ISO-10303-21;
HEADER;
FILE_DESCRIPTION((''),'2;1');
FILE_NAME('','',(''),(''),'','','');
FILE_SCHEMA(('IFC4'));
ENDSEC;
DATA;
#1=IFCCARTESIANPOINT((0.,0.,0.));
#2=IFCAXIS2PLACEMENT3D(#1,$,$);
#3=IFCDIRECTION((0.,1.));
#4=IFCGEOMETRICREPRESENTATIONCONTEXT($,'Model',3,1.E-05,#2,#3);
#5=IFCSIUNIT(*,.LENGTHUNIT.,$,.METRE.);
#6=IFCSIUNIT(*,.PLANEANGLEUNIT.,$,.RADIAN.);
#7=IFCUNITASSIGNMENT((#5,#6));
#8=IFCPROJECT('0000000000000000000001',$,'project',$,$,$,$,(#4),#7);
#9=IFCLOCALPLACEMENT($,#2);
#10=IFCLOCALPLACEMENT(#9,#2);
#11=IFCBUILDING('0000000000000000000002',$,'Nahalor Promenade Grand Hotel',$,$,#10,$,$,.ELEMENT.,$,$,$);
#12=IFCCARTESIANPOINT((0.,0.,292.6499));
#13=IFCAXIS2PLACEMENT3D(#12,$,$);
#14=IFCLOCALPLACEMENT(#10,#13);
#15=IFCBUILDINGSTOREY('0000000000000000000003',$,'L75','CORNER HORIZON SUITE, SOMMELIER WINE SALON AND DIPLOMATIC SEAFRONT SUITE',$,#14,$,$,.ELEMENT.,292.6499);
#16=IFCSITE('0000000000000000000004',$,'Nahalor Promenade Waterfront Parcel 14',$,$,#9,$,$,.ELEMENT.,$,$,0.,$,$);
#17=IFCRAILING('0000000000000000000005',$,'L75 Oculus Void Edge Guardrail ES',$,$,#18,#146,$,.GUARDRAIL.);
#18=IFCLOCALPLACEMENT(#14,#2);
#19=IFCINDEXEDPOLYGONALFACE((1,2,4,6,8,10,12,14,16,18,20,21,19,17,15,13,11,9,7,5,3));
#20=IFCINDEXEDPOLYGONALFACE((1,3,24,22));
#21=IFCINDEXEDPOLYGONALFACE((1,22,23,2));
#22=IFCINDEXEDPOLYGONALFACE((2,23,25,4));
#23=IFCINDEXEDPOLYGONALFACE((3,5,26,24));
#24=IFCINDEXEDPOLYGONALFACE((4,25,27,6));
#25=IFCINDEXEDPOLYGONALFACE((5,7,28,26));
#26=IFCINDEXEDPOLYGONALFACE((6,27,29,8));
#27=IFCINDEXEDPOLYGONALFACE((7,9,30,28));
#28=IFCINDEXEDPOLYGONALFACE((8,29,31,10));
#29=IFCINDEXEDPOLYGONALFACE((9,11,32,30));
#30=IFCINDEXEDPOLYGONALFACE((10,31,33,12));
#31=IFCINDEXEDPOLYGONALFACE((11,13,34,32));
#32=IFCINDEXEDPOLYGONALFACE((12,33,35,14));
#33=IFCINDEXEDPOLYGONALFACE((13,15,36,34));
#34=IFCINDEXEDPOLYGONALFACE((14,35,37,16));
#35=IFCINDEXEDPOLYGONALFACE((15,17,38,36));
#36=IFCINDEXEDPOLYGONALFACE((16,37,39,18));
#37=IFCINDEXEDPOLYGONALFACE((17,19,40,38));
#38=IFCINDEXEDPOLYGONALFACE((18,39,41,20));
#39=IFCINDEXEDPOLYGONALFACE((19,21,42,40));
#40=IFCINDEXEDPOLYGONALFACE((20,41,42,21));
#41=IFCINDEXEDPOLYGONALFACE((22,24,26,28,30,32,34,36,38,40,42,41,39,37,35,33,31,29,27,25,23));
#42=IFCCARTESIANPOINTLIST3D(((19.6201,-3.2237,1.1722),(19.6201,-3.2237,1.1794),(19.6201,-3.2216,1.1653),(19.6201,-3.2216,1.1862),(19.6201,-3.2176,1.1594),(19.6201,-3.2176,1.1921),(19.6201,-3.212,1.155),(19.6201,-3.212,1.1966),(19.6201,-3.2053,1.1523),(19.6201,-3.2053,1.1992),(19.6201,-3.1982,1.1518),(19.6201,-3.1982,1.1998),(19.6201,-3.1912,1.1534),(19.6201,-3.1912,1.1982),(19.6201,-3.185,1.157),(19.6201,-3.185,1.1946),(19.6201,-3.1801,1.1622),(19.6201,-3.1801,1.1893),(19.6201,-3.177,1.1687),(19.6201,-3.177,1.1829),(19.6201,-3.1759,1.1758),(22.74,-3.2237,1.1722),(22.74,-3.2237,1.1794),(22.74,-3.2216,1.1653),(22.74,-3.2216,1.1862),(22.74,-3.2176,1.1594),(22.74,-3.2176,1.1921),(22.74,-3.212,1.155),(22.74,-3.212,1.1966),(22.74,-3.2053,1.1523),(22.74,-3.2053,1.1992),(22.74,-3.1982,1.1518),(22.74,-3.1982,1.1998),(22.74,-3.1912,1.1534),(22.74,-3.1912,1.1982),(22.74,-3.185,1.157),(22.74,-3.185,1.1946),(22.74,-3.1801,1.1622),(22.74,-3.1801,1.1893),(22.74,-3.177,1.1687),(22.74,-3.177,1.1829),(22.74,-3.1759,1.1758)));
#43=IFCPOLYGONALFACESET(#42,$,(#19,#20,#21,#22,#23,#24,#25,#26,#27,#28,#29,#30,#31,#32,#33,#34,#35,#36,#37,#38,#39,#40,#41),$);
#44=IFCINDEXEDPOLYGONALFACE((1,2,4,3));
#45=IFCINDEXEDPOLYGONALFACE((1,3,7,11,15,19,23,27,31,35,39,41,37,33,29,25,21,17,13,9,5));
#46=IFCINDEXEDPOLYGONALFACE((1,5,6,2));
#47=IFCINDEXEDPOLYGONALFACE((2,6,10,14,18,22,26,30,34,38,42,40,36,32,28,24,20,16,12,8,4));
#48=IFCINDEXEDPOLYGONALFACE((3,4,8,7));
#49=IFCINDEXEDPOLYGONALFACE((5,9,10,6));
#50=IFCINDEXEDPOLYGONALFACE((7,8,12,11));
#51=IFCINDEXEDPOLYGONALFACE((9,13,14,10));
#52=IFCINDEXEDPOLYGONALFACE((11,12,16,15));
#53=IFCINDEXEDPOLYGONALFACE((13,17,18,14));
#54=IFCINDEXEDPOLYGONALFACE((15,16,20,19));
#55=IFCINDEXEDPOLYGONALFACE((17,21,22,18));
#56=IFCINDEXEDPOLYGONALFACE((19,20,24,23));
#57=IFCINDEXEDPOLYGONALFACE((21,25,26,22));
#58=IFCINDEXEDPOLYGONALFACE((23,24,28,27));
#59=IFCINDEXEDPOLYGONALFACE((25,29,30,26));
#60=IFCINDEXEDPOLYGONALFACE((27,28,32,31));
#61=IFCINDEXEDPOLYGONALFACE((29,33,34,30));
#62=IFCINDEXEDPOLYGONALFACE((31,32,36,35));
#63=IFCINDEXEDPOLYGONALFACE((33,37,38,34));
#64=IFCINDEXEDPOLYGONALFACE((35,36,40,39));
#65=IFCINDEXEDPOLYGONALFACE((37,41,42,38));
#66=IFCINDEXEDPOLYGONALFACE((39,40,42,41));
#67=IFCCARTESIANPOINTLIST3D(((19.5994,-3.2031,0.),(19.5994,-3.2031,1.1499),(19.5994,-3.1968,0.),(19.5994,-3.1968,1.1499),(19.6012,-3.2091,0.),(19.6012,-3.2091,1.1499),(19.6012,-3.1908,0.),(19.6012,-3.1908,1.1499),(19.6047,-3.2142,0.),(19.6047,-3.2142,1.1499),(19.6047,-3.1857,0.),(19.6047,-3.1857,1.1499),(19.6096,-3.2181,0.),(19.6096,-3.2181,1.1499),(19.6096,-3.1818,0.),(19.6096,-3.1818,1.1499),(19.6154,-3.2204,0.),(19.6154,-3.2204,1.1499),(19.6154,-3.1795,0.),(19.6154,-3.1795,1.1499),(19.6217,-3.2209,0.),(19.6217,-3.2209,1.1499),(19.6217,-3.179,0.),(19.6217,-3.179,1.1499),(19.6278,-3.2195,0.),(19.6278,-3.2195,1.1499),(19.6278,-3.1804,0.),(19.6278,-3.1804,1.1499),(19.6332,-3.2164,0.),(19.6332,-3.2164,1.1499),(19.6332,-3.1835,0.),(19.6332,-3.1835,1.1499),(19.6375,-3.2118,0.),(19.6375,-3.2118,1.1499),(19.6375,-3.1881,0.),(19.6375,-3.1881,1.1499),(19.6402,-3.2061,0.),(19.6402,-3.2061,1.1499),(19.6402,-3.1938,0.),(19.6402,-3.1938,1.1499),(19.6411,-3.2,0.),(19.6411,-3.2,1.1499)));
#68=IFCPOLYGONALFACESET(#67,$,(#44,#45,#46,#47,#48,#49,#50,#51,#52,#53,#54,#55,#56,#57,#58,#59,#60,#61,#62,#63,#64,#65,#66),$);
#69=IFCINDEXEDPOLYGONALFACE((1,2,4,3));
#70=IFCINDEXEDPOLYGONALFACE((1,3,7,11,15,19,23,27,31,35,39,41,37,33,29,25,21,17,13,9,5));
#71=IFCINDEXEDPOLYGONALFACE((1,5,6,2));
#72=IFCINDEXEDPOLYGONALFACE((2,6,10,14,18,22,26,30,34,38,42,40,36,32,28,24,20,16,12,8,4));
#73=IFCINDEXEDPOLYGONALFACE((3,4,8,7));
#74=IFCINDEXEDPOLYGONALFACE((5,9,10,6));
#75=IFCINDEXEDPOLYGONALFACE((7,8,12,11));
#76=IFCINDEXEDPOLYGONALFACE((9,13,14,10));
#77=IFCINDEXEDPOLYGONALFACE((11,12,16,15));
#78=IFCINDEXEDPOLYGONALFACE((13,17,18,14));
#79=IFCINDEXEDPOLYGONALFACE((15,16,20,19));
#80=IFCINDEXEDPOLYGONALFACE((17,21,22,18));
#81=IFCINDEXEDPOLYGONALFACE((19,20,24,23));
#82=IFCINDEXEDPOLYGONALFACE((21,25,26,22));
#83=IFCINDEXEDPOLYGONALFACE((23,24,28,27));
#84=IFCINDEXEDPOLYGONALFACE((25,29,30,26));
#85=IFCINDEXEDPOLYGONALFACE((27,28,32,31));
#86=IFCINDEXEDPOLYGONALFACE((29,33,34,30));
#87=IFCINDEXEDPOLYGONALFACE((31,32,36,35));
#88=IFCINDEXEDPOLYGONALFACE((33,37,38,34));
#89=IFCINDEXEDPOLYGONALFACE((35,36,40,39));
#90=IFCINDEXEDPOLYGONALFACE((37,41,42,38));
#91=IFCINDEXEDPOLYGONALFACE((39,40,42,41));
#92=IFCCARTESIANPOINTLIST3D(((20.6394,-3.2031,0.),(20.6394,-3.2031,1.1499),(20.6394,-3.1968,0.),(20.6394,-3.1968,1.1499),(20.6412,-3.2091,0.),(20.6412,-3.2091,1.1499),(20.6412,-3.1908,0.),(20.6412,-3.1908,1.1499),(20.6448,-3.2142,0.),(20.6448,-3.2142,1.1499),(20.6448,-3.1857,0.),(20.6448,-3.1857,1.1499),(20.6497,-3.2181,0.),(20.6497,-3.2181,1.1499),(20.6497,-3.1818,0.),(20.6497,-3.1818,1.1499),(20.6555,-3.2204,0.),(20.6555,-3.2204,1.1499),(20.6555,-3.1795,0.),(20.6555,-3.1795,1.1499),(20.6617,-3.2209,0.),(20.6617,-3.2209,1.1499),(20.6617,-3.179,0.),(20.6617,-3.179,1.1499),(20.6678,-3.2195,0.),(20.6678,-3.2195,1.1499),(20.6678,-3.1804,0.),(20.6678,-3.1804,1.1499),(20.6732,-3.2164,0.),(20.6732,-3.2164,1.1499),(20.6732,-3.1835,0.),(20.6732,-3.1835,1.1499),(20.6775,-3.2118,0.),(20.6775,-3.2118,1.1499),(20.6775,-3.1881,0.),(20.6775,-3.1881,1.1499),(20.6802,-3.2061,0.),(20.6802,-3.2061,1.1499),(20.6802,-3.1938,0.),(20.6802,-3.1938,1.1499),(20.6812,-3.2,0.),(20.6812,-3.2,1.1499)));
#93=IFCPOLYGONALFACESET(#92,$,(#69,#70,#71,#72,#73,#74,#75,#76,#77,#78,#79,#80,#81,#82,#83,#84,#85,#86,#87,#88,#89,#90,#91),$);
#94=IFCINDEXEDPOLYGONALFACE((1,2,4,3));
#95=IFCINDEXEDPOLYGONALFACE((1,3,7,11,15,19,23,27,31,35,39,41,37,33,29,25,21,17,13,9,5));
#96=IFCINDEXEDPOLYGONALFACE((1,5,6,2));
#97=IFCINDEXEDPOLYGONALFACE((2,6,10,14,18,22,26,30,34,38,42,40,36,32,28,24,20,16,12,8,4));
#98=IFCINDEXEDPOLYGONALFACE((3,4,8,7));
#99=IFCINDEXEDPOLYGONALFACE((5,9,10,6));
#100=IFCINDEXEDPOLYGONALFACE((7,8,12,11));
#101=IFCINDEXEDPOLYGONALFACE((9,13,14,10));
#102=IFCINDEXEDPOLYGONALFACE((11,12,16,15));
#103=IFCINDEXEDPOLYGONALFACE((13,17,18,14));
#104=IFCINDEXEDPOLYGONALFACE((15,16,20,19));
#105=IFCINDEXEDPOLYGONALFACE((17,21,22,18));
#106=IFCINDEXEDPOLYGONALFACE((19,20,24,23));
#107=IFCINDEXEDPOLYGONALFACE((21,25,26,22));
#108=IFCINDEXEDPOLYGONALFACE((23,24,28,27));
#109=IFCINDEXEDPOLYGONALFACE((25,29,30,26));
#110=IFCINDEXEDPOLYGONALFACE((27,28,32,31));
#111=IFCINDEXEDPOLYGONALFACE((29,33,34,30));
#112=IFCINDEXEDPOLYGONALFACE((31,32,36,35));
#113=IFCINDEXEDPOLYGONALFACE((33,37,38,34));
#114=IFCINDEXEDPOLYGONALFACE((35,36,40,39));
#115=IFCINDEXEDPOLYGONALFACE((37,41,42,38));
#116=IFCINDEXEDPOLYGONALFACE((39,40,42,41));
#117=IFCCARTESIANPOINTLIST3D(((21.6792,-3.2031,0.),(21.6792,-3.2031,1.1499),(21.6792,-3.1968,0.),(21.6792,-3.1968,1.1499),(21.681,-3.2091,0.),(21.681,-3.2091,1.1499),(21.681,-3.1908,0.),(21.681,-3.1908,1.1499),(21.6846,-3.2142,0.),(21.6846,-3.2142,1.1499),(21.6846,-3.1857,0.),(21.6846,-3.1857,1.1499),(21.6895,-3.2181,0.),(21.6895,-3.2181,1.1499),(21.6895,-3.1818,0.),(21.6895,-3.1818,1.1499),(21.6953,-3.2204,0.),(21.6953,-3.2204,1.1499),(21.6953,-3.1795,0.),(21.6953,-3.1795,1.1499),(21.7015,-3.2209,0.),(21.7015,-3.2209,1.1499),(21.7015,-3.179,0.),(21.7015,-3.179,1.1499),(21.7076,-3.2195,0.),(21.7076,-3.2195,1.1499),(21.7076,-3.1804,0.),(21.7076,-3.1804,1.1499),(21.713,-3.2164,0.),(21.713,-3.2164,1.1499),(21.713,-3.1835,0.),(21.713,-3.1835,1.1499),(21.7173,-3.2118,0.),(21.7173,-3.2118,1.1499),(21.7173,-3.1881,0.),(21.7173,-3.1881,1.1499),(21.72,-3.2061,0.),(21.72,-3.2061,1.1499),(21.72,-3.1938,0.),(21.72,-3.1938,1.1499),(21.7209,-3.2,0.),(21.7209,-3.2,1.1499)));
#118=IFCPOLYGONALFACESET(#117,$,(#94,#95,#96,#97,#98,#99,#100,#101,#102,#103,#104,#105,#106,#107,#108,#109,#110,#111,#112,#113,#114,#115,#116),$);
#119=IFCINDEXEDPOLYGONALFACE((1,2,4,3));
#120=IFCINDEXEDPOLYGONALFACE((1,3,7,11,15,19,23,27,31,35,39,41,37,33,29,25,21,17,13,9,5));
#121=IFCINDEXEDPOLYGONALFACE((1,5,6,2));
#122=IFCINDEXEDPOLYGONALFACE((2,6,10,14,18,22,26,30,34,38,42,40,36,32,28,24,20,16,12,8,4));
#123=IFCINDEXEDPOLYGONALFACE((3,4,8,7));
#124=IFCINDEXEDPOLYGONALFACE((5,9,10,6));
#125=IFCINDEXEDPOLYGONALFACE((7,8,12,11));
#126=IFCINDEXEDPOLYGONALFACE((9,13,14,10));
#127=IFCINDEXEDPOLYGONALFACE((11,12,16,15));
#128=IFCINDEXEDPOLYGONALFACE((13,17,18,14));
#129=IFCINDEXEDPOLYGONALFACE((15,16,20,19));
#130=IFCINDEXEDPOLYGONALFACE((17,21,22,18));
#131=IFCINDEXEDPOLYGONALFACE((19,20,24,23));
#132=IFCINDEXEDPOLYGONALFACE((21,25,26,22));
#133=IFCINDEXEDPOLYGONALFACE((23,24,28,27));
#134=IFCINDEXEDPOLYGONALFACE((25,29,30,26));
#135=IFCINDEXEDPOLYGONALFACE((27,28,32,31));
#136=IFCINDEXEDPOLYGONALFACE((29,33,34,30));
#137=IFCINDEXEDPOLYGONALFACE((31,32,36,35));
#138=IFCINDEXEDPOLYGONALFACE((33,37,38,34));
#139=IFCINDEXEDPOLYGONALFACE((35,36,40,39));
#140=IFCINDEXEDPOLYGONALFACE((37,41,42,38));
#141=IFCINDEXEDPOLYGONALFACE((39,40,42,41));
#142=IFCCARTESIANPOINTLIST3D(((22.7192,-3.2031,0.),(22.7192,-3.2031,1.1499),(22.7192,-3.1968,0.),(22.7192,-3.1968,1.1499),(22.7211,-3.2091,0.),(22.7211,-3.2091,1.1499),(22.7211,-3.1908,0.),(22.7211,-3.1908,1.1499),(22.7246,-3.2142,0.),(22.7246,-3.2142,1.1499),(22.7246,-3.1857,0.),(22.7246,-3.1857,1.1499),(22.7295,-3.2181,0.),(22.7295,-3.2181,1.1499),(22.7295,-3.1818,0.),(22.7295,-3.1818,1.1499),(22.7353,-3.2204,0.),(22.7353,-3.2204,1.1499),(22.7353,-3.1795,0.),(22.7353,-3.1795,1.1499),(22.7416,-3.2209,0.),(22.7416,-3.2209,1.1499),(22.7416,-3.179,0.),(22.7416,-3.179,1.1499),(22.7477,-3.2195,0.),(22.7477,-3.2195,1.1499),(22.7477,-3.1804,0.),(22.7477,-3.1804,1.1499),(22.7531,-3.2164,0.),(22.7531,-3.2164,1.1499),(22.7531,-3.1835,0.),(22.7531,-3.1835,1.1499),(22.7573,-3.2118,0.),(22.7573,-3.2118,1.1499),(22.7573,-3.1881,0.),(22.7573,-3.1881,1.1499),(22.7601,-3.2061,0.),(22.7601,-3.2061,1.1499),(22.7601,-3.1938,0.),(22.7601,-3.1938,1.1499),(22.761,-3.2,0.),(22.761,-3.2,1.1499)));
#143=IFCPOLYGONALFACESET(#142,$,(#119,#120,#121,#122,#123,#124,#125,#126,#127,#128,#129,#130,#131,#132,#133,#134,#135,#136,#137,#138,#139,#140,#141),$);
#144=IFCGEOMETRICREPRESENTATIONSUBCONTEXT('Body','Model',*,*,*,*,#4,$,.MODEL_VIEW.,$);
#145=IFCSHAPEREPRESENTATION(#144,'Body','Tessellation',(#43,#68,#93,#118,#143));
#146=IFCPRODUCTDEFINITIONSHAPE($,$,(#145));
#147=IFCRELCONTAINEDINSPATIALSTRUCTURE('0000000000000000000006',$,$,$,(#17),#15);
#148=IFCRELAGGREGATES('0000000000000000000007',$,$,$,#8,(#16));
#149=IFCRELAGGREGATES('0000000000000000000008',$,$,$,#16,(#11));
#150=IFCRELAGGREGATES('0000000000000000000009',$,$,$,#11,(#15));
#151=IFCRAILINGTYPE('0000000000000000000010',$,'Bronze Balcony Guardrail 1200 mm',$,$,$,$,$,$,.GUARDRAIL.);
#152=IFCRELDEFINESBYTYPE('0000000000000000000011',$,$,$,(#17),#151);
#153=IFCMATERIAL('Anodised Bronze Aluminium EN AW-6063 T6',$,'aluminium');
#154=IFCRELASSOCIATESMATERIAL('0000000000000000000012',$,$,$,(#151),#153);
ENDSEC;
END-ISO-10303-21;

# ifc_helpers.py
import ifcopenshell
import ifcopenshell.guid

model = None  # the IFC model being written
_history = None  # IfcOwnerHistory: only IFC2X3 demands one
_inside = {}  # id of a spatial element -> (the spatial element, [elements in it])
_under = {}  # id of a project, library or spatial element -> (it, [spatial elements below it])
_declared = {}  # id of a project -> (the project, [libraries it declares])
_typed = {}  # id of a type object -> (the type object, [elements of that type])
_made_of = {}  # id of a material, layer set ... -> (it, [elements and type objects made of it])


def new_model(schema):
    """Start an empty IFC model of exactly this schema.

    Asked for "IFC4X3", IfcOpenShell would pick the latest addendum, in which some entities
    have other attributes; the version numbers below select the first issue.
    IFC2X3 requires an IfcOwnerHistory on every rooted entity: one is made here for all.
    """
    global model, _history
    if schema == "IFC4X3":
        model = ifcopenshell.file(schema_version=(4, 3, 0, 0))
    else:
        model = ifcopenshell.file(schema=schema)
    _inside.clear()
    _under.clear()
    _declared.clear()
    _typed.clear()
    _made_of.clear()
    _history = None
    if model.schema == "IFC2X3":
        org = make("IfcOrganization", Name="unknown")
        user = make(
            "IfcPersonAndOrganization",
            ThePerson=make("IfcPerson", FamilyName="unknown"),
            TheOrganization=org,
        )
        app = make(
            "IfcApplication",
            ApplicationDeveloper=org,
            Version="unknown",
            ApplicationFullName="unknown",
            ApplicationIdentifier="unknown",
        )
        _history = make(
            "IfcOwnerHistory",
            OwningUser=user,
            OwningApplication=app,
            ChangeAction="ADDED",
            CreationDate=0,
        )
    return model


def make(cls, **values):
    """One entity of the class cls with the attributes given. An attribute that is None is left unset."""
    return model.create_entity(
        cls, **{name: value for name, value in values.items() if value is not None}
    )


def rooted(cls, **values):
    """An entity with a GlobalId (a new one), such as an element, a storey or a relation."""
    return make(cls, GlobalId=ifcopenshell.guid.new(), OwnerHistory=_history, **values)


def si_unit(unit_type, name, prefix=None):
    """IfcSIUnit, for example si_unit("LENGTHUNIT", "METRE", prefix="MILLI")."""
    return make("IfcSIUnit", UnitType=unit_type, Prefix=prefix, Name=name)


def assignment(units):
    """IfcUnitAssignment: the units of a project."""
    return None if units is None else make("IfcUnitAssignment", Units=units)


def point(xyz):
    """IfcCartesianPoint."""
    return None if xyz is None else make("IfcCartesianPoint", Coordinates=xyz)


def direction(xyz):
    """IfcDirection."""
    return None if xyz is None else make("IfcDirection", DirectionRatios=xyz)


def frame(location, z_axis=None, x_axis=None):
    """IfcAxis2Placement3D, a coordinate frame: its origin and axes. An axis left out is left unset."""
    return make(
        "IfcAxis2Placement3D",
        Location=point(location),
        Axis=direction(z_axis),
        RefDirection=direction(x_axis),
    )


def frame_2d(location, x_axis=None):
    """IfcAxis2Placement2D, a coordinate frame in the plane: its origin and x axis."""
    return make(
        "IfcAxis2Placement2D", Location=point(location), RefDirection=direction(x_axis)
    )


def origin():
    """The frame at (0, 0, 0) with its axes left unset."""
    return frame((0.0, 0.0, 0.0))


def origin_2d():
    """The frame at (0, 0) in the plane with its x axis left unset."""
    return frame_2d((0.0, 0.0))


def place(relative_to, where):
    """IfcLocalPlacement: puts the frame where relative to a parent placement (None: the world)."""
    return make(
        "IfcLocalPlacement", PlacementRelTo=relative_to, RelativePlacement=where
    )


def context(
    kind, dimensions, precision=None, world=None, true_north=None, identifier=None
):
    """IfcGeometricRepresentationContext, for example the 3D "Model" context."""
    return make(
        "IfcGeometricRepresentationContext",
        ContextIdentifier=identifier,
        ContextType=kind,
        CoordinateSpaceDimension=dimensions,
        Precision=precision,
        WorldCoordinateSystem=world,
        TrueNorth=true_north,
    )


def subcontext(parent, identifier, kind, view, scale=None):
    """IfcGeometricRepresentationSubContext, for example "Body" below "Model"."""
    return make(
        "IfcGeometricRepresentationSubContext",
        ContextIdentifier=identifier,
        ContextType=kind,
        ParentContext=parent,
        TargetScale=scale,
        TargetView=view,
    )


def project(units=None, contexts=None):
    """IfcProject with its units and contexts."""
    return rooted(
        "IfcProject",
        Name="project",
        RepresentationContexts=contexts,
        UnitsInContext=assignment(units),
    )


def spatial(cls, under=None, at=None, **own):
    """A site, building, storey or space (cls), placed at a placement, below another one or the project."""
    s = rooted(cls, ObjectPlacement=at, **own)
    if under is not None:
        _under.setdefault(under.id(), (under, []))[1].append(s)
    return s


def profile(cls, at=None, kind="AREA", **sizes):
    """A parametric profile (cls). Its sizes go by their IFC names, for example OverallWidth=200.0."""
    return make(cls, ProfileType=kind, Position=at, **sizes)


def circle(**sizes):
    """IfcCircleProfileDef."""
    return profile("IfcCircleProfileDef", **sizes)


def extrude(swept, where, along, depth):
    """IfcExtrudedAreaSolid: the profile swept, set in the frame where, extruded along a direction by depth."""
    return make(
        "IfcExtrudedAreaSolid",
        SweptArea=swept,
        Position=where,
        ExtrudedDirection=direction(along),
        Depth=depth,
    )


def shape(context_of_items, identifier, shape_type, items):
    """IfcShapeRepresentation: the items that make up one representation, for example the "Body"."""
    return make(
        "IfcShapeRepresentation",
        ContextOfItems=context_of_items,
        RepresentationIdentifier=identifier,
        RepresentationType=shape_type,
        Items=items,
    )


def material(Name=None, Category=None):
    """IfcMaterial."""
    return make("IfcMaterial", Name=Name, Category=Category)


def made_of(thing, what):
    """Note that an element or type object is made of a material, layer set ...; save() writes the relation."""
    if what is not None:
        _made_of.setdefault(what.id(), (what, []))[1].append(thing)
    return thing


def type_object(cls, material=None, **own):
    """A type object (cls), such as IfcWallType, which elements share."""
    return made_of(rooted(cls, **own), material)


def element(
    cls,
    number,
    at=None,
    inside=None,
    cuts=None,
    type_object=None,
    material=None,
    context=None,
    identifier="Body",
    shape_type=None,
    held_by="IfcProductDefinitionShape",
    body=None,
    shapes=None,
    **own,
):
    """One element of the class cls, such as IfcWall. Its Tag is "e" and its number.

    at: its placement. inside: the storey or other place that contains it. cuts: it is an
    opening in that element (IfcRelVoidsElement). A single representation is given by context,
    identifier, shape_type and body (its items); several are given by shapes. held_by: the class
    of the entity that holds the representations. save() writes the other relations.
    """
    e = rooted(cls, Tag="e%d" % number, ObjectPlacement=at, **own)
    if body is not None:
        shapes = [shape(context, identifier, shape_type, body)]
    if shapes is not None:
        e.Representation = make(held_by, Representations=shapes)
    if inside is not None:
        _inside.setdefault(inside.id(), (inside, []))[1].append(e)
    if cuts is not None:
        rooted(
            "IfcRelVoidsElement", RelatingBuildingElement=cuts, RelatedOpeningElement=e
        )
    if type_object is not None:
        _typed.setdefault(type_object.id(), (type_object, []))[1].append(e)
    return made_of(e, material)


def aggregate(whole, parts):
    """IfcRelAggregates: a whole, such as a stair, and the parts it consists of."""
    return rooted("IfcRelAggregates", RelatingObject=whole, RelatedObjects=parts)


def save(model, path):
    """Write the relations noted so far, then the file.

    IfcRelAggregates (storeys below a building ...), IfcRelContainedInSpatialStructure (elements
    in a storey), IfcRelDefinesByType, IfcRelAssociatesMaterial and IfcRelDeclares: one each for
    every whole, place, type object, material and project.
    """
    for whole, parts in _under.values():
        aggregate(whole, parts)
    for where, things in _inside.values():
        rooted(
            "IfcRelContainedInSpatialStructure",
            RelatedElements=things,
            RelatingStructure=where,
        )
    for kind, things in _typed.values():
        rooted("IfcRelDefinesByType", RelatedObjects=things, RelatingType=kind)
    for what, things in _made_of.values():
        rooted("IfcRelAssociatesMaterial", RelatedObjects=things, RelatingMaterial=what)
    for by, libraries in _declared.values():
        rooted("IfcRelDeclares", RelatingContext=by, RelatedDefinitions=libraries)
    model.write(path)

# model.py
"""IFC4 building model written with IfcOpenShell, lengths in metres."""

from ifc_helpers import new_model, si_unit, direction, frame, origin, origin_2d, place, context, subcontext, project, spatial, circle, extrude, material, type_object, element, save


model = new_model("IFC4")

# Units and contexts
model_context = context("Model", 3, precision=1e-05, world=origin(), true_north=direction((0.0, 1.0)))
body_context = subcontext(model_context, "Body", "Model", "MODEL_VIEW")
ifc_project = project(units=[si_unit("LENGTHUNIT", "METRE"), si_unit("PLANEANGLEUNIT", "RADIAN")], contexts=[model_context])

# Site, building, storey
site_placement = place(None, origin())
site = spatial("IfcSite", under=ifc_project, at=site_placement, Name="Nahalor Promenade Waterfront Parcel 14", CompositionType="ELEMENT", RefElevation=0.0)
building_placement = place(site_placement, origin())
building = spatial("IfcBuilding", under=site, at=building_placement, Name="Nahalor Promenade Grand Hotel", CompositionType="ELEMENT")
storey_placement = place(building_placement, frame((0.0, 0.0, 292.6499)))
storey = spatial("IfcBuildingStorey", under=building, at=storey_placement, Name="L75", Description="CORNER HORIZON SUITE, SOMMELIER WINE SALON AND DIPLOMATIC SEAFRONT SUITE", CompositionType="ELEMENT", Elevation=292.6499)

# Shared definitions
ifc_material_1 = material(Name="Anodised Bronze Aluminium EN AW-6063 T6", Category="aluminium")

# Railing
railing_type = type_object("IfcRailingType", Name="Bronze Balcony Guardrail 1200 mm", PredefinedType="GUARDRAIL", material=ifc_material_1)
for number, where, name in (
    (1, (19.6201, -3.2, 0.0), "L75 Oculus Void Edge Guardrail ES"),
):
    element("IfcRailing", number, at=place(storey_placement, frame(where)), inside=storey, type_object=railing_type, Name=name, PredefinedType="GUARDRAIL", context=body_context, shape_type="SweptSolid", body=[
        extrude(circle(Radius=0.024, at=origin_2d()), frame((0.0, 0.0, 1.1758), z_axis=(1.0, 0.0, 0.0), x_axis=(0.0, 1.0, 0.0)), (0.0, 0.0, 1.0), 3.1199),
        extrude(circle(Radius=0.021, at=origin_2d()), origin(), (0.0, 0.0, 1.0), 1.1499),
        extrude(circle(Radius=0.021, at=origin_2d()), frame((1.04, 0.0, 0.0)), (0.0, 0.0, 1.0), 1.1499),
        extrude(circle(Radius=0.021, at=origin_2d()), frame((2.0798, 0.0, 0.0)), (0.0, 0.0, 1.0), 1.1499),
        extrude(circle(Radius=0.021, at=origin_2d()), frame((3.1199, 0.0, 0.0)), (0.0, 0.0, 1.0), 1.1499),
    ])

save(model, "model.ifc")
